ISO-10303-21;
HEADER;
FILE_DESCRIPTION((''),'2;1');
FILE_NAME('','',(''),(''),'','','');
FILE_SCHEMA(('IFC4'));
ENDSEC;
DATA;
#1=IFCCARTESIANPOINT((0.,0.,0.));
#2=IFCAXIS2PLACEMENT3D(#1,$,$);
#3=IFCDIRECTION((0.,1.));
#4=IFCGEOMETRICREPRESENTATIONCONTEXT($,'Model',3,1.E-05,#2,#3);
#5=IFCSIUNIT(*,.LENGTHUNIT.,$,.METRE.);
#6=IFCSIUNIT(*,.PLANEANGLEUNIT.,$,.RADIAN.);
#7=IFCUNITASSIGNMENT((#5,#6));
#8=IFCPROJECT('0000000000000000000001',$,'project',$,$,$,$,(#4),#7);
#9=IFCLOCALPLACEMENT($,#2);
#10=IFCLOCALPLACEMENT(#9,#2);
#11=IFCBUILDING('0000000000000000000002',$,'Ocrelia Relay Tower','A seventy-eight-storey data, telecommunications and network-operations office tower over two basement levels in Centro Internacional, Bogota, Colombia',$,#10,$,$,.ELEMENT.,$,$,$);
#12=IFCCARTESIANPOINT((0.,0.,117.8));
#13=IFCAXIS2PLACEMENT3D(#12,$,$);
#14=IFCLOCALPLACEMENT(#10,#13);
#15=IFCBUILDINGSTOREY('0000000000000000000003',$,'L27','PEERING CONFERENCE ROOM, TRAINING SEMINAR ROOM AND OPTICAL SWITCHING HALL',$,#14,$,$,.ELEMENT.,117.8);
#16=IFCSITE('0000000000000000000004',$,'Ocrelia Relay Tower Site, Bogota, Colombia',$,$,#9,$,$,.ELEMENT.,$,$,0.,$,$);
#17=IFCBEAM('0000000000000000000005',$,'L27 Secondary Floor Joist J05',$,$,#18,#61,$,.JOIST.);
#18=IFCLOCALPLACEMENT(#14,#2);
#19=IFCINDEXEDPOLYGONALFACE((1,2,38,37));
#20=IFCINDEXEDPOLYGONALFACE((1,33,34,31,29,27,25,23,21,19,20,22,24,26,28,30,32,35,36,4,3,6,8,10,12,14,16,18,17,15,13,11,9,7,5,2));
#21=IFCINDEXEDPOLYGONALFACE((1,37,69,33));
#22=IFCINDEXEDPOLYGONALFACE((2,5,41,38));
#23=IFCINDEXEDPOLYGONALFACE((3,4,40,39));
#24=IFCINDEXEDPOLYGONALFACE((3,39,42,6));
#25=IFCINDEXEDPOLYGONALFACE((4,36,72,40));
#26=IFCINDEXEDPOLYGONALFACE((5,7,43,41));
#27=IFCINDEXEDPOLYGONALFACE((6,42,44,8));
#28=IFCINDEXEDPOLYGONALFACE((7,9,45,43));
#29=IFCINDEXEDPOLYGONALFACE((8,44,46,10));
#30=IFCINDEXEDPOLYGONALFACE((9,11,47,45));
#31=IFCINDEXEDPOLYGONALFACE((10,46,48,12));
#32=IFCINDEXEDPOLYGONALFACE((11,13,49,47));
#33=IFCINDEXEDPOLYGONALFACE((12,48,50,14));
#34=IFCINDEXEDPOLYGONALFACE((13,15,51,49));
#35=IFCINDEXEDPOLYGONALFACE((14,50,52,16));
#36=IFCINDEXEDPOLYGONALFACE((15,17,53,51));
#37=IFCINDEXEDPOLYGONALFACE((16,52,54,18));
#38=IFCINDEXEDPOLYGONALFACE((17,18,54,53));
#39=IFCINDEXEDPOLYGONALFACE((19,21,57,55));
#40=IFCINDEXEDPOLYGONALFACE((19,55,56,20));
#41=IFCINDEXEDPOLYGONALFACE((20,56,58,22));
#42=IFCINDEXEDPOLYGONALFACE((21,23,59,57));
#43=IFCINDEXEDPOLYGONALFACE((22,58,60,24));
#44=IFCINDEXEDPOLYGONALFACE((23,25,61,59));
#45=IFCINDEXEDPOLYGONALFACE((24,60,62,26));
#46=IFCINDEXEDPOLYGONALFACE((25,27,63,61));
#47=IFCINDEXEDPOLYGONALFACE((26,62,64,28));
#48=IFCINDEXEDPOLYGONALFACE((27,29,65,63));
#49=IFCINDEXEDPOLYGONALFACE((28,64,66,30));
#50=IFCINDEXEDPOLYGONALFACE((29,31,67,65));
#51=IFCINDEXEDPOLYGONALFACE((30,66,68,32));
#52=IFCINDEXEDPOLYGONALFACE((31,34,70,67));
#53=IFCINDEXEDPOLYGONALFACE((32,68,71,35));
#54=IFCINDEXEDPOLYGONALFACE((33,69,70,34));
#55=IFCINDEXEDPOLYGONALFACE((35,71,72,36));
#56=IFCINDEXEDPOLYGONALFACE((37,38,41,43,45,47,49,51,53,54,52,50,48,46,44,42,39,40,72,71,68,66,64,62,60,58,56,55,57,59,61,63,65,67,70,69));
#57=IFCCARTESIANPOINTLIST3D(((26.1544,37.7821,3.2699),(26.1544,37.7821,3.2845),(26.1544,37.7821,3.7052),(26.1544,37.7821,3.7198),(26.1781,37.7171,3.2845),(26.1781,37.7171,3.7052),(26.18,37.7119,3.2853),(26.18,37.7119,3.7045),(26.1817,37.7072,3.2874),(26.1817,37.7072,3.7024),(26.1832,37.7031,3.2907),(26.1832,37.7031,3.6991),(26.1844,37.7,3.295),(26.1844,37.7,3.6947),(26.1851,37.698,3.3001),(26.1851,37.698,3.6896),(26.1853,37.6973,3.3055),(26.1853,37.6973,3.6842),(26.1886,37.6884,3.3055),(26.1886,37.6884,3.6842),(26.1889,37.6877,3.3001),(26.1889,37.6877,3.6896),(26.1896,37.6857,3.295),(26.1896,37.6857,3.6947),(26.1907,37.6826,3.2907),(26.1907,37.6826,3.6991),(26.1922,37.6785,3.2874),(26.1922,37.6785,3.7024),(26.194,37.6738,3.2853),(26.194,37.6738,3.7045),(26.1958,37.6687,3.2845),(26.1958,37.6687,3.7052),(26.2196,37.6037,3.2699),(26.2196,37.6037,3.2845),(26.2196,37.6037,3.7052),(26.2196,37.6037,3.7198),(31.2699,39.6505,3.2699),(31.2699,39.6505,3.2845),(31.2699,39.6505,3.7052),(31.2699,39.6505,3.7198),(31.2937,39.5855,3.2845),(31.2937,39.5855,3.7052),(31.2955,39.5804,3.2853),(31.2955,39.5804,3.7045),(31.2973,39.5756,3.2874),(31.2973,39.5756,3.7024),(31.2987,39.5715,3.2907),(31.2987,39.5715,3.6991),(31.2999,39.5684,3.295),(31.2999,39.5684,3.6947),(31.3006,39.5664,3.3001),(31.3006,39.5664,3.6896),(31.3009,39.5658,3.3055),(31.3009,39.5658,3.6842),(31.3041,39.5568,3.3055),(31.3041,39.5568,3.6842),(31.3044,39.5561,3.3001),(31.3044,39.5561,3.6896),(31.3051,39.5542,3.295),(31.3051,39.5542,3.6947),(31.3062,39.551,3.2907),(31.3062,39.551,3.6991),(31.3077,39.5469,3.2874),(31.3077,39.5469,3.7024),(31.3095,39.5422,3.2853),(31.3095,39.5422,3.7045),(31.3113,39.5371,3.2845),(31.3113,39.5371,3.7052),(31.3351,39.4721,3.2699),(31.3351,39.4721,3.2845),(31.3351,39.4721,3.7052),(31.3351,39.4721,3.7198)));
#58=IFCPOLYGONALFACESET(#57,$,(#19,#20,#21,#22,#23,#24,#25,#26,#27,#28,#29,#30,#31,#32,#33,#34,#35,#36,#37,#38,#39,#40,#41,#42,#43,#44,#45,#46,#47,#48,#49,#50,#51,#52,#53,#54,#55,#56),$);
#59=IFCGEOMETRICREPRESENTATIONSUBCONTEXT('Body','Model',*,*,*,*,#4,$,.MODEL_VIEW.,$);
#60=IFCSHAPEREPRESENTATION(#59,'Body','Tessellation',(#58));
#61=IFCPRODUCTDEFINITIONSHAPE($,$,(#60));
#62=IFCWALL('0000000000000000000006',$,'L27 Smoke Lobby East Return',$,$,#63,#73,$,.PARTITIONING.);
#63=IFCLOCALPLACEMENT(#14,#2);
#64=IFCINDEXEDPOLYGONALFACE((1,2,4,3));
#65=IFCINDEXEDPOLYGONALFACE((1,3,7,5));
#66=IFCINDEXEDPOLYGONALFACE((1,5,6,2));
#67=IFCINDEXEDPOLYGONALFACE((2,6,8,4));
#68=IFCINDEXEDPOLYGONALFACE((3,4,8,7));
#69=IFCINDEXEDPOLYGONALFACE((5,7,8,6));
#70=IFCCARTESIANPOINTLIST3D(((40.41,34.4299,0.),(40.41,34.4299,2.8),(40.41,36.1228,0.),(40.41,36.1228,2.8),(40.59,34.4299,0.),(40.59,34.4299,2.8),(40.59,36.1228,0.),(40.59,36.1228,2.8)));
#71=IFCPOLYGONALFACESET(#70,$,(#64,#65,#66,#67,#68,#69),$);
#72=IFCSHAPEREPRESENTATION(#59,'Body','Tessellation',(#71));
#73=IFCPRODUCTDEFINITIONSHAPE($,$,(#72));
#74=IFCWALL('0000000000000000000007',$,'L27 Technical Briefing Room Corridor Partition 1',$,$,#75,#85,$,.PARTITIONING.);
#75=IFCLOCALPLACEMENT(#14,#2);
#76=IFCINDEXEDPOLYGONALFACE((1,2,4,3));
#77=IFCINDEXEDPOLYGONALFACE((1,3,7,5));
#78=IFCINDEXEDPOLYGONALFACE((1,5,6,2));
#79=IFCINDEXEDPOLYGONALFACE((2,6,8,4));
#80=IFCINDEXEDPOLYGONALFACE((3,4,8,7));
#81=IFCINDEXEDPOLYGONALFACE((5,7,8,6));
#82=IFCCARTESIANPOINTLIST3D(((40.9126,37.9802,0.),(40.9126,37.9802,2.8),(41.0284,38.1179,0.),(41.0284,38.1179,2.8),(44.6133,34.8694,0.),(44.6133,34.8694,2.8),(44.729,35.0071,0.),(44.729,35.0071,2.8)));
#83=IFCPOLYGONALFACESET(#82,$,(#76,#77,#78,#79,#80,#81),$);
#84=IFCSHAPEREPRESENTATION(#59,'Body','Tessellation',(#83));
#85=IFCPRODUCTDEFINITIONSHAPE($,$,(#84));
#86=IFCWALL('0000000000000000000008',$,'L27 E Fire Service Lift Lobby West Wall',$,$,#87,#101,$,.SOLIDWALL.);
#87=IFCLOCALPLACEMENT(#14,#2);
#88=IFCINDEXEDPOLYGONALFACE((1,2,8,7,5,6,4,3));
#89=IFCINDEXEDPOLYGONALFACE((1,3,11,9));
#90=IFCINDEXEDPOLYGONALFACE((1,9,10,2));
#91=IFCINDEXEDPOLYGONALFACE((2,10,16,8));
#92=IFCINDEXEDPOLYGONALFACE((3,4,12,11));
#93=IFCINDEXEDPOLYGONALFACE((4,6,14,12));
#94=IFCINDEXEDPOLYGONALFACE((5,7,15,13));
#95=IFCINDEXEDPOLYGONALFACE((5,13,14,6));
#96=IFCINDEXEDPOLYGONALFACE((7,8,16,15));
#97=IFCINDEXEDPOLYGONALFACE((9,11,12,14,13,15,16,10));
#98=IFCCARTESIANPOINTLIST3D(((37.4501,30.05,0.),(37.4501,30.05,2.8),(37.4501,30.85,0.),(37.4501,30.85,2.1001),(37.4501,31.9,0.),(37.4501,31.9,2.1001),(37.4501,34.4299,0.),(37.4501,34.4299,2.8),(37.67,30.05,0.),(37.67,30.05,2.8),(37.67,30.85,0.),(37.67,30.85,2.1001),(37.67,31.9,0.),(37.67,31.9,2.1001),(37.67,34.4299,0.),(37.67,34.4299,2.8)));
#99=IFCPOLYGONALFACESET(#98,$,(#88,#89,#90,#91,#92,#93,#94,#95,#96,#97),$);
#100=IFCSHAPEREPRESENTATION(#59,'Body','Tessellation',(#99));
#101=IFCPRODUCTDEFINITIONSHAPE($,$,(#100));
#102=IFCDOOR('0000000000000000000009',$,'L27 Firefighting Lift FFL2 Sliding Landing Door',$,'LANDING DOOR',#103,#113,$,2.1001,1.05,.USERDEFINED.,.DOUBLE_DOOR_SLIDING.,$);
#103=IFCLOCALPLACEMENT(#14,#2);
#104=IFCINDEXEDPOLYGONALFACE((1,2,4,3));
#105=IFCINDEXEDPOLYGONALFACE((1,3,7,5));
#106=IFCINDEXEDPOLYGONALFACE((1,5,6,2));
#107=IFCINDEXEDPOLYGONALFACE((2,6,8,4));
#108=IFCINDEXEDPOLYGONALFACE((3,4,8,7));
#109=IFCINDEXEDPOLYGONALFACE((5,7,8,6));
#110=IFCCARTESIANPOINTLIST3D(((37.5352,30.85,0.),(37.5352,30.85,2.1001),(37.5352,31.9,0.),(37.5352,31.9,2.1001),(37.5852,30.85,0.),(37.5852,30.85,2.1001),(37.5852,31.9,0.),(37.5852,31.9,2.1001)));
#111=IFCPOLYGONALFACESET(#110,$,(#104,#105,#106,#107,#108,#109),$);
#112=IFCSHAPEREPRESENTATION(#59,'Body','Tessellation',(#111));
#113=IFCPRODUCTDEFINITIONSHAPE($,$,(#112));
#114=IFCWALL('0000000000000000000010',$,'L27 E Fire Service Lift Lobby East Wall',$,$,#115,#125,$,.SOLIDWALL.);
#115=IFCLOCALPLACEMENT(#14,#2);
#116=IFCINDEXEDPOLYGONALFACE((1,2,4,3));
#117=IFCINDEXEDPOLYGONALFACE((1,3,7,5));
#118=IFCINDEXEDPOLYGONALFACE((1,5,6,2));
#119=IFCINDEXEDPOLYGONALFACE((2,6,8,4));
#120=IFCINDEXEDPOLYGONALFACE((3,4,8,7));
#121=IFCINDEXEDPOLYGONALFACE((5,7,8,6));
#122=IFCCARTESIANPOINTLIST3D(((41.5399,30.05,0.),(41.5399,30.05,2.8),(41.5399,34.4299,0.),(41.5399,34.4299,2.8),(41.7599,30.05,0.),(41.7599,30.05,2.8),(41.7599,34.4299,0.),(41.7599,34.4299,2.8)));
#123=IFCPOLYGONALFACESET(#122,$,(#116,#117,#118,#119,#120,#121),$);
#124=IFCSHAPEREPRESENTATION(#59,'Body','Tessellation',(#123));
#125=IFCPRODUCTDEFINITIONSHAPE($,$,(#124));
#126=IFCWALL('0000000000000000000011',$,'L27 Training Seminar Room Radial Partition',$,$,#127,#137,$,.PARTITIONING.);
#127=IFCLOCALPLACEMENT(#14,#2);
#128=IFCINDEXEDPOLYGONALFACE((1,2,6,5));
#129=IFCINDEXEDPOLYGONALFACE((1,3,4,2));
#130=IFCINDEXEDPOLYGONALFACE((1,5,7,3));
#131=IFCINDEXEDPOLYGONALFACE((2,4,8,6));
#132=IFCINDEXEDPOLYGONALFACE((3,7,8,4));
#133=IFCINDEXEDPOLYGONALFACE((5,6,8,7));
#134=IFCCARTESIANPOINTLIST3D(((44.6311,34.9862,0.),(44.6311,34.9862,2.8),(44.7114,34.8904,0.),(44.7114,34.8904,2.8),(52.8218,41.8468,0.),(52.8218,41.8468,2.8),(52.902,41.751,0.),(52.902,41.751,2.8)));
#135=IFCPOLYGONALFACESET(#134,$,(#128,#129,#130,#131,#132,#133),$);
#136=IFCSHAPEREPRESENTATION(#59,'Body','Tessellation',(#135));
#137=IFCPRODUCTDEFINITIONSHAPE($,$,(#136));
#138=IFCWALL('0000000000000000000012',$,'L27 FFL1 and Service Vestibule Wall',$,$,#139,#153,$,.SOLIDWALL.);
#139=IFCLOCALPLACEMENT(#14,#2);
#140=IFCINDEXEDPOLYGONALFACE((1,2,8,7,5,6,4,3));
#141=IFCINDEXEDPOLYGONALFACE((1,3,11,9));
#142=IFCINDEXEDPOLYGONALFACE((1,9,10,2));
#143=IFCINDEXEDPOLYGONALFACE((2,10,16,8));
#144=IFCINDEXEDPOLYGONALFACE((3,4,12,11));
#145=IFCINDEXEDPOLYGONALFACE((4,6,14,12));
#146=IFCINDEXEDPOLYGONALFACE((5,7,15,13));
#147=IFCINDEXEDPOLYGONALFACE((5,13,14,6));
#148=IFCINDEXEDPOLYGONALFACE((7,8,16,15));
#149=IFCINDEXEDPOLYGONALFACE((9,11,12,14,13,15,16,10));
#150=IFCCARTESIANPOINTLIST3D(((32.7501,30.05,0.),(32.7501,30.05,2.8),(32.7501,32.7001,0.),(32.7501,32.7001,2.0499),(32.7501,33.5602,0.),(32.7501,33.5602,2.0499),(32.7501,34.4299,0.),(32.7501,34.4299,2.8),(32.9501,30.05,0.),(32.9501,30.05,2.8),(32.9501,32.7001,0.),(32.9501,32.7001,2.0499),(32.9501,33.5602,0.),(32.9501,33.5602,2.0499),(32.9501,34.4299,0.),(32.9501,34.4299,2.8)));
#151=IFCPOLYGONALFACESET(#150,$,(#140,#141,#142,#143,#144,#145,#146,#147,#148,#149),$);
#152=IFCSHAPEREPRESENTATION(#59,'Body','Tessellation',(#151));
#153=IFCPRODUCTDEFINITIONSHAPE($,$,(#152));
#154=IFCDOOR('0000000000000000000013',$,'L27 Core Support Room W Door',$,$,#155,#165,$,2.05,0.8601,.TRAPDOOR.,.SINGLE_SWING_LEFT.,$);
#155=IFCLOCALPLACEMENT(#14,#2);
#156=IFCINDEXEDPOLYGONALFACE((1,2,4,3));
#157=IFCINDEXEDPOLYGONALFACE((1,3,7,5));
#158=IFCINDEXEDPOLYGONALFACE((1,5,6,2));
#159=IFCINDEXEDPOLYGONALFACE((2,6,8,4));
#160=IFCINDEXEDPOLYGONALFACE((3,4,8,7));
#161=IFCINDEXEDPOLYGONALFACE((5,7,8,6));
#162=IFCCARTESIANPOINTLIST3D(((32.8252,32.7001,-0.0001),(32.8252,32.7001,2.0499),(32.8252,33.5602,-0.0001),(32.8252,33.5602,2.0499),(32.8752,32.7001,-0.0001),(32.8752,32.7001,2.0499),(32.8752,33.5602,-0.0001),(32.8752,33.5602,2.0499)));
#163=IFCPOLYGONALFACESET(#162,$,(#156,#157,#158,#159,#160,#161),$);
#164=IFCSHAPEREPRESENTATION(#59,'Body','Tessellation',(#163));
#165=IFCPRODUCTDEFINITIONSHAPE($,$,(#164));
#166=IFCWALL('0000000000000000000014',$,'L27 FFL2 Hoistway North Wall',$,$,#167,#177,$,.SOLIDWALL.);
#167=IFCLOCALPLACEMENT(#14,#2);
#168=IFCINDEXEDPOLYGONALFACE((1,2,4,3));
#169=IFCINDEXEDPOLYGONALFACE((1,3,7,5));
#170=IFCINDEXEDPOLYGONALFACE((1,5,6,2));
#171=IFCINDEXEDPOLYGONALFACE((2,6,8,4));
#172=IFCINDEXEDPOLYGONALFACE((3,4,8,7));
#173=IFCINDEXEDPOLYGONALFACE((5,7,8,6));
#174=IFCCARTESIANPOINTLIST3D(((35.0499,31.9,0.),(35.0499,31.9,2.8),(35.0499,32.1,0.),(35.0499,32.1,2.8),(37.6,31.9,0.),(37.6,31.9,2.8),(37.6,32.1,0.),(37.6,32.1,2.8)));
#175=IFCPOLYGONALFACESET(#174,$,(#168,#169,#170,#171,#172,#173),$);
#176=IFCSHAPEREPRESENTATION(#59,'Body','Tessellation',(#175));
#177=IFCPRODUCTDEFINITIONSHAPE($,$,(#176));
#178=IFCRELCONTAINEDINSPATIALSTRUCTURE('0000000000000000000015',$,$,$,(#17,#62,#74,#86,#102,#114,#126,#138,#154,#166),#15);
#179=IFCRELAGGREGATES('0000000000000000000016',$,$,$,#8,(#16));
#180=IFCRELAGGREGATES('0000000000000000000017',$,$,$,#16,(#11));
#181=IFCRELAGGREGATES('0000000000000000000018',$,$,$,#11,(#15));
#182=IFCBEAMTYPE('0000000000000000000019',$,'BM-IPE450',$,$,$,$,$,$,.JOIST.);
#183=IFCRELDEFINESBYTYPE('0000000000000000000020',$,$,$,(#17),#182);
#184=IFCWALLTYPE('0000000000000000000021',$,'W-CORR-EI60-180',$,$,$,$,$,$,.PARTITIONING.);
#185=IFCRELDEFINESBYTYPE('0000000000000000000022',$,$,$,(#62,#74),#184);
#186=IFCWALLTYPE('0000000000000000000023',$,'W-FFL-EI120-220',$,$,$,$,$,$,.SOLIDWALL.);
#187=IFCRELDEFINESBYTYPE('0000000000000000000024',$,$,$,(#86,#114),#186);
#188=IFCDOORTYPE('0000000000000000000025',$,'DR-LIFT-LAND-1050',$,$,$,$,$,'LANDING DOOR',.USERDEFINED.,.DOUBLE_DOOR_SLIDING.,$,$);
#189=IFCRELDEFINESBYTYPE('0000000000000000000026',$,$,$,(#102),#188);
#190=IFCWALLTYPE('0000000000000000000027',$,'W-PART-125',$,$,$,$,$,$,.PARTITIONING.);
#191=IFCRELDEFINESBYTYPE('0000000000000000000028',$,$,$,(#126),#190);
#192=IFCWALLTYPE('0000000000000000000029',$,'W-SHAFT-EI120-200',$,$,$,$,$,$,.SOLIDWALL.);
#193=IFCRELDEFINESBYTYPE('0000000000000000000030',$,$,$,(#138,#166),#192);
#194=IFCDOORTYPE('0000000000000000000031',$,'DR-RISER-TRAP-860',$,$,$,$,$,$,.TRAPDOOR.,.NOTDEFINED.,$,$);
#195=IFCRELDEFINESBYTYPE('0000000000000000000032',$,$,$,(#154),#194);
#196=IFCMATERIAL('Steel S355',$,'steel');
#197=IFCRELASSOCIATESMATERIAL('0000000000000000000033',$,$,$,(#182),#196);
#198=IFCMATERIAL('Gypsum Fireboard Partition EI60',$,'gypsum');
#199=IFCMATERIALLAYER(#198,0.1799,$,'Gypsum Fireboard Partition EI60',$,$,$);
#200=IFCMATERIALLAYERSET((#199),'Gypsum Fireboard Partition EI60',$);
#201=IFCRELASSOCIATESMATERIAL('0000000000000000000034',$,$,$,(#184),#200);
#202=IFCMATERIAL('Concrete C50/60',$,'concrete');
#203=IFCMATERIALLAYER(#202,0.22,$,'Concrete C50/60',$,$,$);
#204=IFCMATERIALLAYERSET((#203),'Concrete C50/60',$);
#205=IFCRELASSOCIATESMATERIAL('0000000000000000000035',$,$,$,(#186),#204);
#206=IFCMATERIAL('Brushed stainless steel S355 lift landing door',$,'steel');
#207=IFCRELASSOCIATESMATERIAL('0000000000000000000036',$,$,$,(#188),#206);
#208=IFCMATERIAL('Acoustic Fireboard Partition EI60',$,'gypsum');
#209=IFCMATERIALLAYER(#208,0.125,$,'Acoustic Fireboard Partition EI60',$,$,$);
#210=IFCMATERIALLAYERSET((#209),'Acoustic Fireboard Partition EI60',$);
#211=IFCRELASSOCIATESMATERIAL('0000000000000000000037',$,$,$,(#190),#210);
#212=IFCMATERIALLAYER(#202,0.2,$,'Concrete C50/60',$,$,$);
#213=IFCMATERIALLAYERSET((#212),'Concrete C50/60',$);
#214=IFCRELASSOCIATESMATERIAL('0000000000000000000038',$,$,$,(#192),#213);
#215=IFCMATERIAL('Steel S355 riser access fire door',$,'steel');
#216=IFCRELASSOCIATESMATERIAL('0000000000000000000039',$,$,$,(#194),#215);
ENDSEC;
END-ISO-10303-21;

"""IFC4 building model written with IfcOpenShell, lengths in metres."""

from ifc_helpers import new_model, si_unit, direction, frame, frame_2d, origin, origin_2d, place, context, subcontext, project, spatial, rectangle, i_section, extrude, material, layer, layer_set, material_profile, profile_set, type_object, element, fill, save


model = new_model("IFC4")

# Units and contexts
model_context = context("Model", 3, precision=1e-05, world=origin(), true_north=direction((0.0, 1.0)))
body_context = subcontext(model_context, "Body", "Model", "MODEL_VIEW")
ifc_project = project(units=[si_unit("LENGTHUNIT", "METRE"), si_unit("PLANEANGLEUNIT", "RADIAN")], contexts=[model_context])

# Site, building, storey
site_placement = place(None, origin())
site = spatial("IfcSite", under=ifc_project, at=site_placement, Name="Ocrelia Relay Tower Site, Bogota, Colombia", CompositionType="ELEMENT", RefElevation=0.0)
building_placement = place(site_placement, origin())
building = spatial("IfcBuilding", under=site, at=building_placement, Name="Ocrelia Relay Tower", Description="A seventy-eight-storey data, telecommunications and network-operations office tower over two basement levels in Centro Internacional, Bogota, Colombia", CompositionType="ELEMENT")
storey_placement = place(building_placement, frame((0.0, 0.0, 117.8)))
storey = spatial("IfcBuildingStorey", under=building, at=storey_placement, Name="L27", Description="PEERING CONFERENCE ROOM, TRAINING SEMINAR ROOM AND OPTICAL SWITCHING HALL", CompositionType="ELEMENT", Elevation=117.8)

# Beam
ifc_material_1 = material(Name="Steel S355", Category="steel")
ifc_material_profile_1 = material_profile(ifc_material_1, i_section(OverallWidth=0.1899, OverallDepth=0.45, WebThickness=0.0095, FlangeThickness=0.0146, FilletRadius=0.021, at=origin_2d()), Name="IPE 450")
ifc_profile_set_1 = profile_set([ifc_material_profile_1], Name="Steel S355")
beam_type = type_object("IfcBeamType", Name="BM-IPE450", PredefinedType="JOIST", material=ifc_profile_set_1)
beam_1_placement = place(storey_placement, frame((31.3025, 39.5613, 3.4949), z_axis=(-0.939307, -0.343078, 0.0), x_axis=(0.343078, -0.939307, 0.0)))
element("IfcBeam", 1, at=beam_1_placement, inside=storey, type_object=beam_type, Name="L27 Secondary Floor Joist J05", PredefinedType="JOIST", context=body_context, shape_type="SweptSolid", body=[
    extrude(i_section(OverallWidth=0.1899, OverallDepth=0.45, WebThickness=0.0095, FlangeThickness=0.0146, FilletRadius=0.021, at=origin_2d()), origin(), (0.0, 0.0, 1.0), 5.446),
])

# Wall
ifc_material_2 = material(Name="Gypsum Fireboard Partition EI60", Category="gypsum")
ifc_layer_1 = layer(ifc_material_2, 0.1799, Name="Gypsum Fireboard Partition EI60")
ifc_layer_set_1 = layer_set([ifc_layer_1], Name="Gypsum Fireboard Partition EI60")
wall_type_1 = type_object("IfcWallType", Name="W-CORR-EI60-180", PredefinedType="PARTITIONING", material=ifc_layer_set_1)
wall_1_placement = place(storey_placement, frame((40.5, 36.1228, 0.0), z_axis=(0.0, 0.0, 1.0), x_axis=(0.0, -1.0, 0.0)))
element("IfcWall", 2, at=wall_1_placement, inside=storey, type_object=wall_type_1, Name="L27 Smoke Lobby East Return", PredefinedType="PARTITIONING", context=body_context, shape_type="SweptSolid", body=[
    extrude(rectangle(XDim=1.6929, YDim=0.1799, at=frame_2d((0.8464, 0.0))), origin(), (0.0, 0.0, 1.0), 2.8),
])

# Wall
wall_2_placement = place(storey_placement, frame((44.6711, 34.9382, 0.0), z_axis=(0.0, 0.0, 1.0), x_axis=(-0.765474, 0.643467, 0.0)))
element("IfcWall", 3, at=wall_2_placement, inside=storey, type_object=wall_type_1, Name="L27 Technical Briefing Room Corridor Partition 1", PredefinedType="PARTITIONING", context=body_context, shape_type="SweptSolid", body=[
    extrude(rectangle(XDim=4.8345, YDim=0.1799, at=frame_2d((2.4172, 0.0))), origin(), (0.0, 0.0, 1.0), 2.8),
])

# Wall, opening, door
ifc_material_3 = material(Name="Concrete C50/60", Category="concrete")
ifc_layer_2 = layer(ifc_material_3, 0.22, Name="Concrete C50/60")
ifc_layer_set_2 = layer_set([ifc_layer_2], Name="Concrete C50/60")
wall_type_2 = type_object("IfcWallType", Name="W-FFL-EI120-220", PredefinedType="SOLIDWALL", material=ifc_layer_set_2)
wall_3_placement = place(storey_placement, frame((37.5601, 30.05, 0.0), z_axis=(0.0, 0.0, 1.0), x_axis=(0.0, 1.0, 0.0)))
wall_3 = element("IfcWall", 4, at=wall_3_placement, inside=storey, type_object=wall_type_2, Name="L27 E Fire Service Lift Lobby West Wall", PredefinedType="SOLIDWALL", context=body_context, shape_type="SweptSolid", body=[
    extrude(rectangle(XDim=4.3799, YDim=0.22, at=frame_2d((2.1899, 0.0))), origin(), (0.0, 0.0, 1.0), 2.8),
])
opening_1_placement = place(wall_3_placement, frame((0.8, 0.0, 0.0)))
opening_1 = element("IfcOpeningElement", 5, at=opening_1_placement, cuts=wall_3, PredefinedType="OPENING", context=body_context, shape_type="SweptSolid", body=[
    extrude(rectangle(XDim=1.05, YDim=2.1001, at=frame_2d((0.5249, 1.05))), frame((0.0, 0.1201, 0.0), z_axis=(0.0, -1.0, 0.0), x_axis=(1.0, 0.0, 0.0)), (0.0, 0.0, 1.0), 0.24),
])
ifc_material_4 = material(Name="Brushed stainless steel S355 lift landing door", Category="steel")
door_type_1 = type_object("IfcDoorType", Name="DR-LIFT-LAND-1050", ElementType="LANDING DOOR", OperationType="DOUBLE_DOOR_SLIDING", PredefinedType="USERDEFINED", material=ifc_material_4)
door_1_placement = place(opening_1_placement, origin())
door_1 = element("IfcDoor", 6, at=door_1_placement, inside=storey, type_object=door_type_1, Name="L27 Firefighting Lift FFL2 Sliding Landing Door", ObjectType="LANDING DOOR", OperationType="DOUBLE_DOOR_SLIDING", OverallHeight=2.1001, OverallWidth=1.05, PredefinedType="USERDEFINED", context=body_context, shape_type="SweptSolid", body=[
    extrude(rectangle(XDim=1.05, YDim=2.1001, at=frame_2d((0.5249, 1.05))), frame((0.0, 0.0249, 0.0), z_axis=(0.0, -1.0, 0.0), x_axis=(1.0, 0.0, 0.0)), (0.0, 0.0, 1.0), 0.05),
])
fill(opening_1, door_1)

# Wall
wall_4_placement = place(storey_placement, frame((41.6499, 30.05, 0.0), z_axis=(0.0, 0.0, 1.0), x_axis=(0.0, 1.0, 0.0)))
element("IfcWall", 7, at=wall_4_placement, inside=storey, type_object=wall_type_2, Name="L27 E Fire Service Lift Lobby East Wall", PredefinedType="SOLIDWALL", context=body_context, shape_type="SweptSolid", body=[
    extrude(rectangle(XDim=4.3799, YDim=0.22, at=frame_2d((2.1899, 0.0))), origin(), (0.0, 0.0, 1.0), 2.8),
])

# Wall
ifc_material_5 = material(Name="Acoustic Fireboard Partition EI60", Category="gypsum")
ifc_layer_3 = layer(ifc_material_5, 0.125, Name="Acoustic Fireboard Partition EI60")
ifc_layer_set_3 = layer_set([ifc_layer_3], Name="Acoustic Fireboard Partition EI60")
wall_type_3 = type_object("IfcWallType", Name="W-PART-125", PredefinedType="PARTITIONING", material=ifc_layer_set_3)
wall_5_placement = place(storey_placement, frame((44.6711, 34.9382, 0.0), z_axis=(0.0, 0.0, 1.0), x_axis=(0.766606, 0.642118, 0.0)))
element("IfcWall", 8, at=wall_5_placement, inside=storey, type_object=wall_type_3, Name="L27 Training Seminar Room Radial Partition", PredefinedType="PARTITIONING", context=body_context, shape_type="SweptSolid", body=[
    extrude(rectangle(XDim=10.6843, YDim=0.125, at=frame_2d((5.3423, 0.0))), origin(), (0.0, 0.0, 1.0), 2.8),
])

# Wall, opening, door
ifc_layer_4 = layer(ifc_material_3, 0.2, Name="Concrete C50/60")
ifc_layer_set_4 = layer_set([ifc_layer_4], Name="Concrete C50/60")
wall_type_4 = type_object("IfcWallType", Name="W-SHAFT-EI120-200", PredefinedType="SOLIDWALL", material=ifc_layer_set_4)
wall_6_placement = place(storey_placement, frame((32.8501, 30.05, 0.0), z_axis=(0.0, 0.0, 1.0), x_axis=(0.0, 1.0, 0.0)))
wall_6 = element("IfcWall", 9, at=wall_6_placement, inside=storey, type_object=wall_type_4, Name="L27 FFL1 and Service Vestibule Wall", PredefinedType="SOLIDWALL", context=body_context, shape_type="SweptSolid", body=[
    extrude(rectangle(XDim=4.3799, YDim=0.2, at=frame_2d((2.1899, 0.0))), origin(), (0.0, 0.0, 1.0), 2.8),
])
opening_2_placement = place(wall_6_placement, frame((2.6499, 0.0, 0.0)))
opening_2 = element("IfcOpeningElement", 10, at=opening_2_placement, cuts=wall_6, PredefinedType="OPENING", context=body_context, shape_type="SweptSolid", body=[
    extrude(rectangle(XDim=0.8601, YDim=2.05, at=frame_2d((0.4302, 1.0249))), frame((0.0, 0.1099, 0.0), z_axis=(0.0, -1.0, 0.0), x_axis=(1.0, 0.0, 0.0)), (0.0, 0.0, 1.0), 0.22),
])
ifc_material_6 = material(Name="Steel S355 riser access fire door", Category="steel")
door_type_2 = type_object("IfcDoorType", Name="DR-RISER-TRAP-860", OperationType="NOTDEFINED", PredefinedType="TRAPDOOR", material=ifc_material_6)
door_2_placement = place(opening_2_placement, origin())
door_2 = element("IfcDoor", 11, at=door_2_placement, inside=storey, type_object=door_type_2, Name="L27 Core Support Room W Door", OperationType="SINGLE_SWING_LEFT", OverallHeight=2.05, OverallWidth=0.8601, PredefinedType="TRAPDOOR", context=body_context, shape_type="SweptSolid", body=[
    extrude(rectangle(XDim=0.8601, YDim=2.05, at=frame_2d((0.4302, 1.0249))), frame((0.0, 0.0249, 0.0), z_axis=(0.0, -1.0, 0.0), x_axis=(1.0, 0.0, 0.0)), (0.0, 0.0, 1.0), 0.05),
])
fill(opening_2, door_2)

# Wall
wall_7_placement = place(storey_placement, frame((35.05, 32.0, 0.0), z_axis=(0.0, 0.0, 1.0), x_axis=(1.0, 0.0, 0.0)))
element("IfcWall", 12, at=wall_7_placement, inside=storey, type_object=wall_type_4, Name="L27 FFL2 Hoistway North Wall", PredefinedType="SOLIDWALL", context=body_context, shape_type="SweptSolid", body=[
    extrude(rectangle(XDim=2.55, YDim=0.2, at=frame_2d((1.2749, 0.0))), origin(), (0.0, 0.0, 1.0), 2.8),
])

save(model, "model.ifc")
